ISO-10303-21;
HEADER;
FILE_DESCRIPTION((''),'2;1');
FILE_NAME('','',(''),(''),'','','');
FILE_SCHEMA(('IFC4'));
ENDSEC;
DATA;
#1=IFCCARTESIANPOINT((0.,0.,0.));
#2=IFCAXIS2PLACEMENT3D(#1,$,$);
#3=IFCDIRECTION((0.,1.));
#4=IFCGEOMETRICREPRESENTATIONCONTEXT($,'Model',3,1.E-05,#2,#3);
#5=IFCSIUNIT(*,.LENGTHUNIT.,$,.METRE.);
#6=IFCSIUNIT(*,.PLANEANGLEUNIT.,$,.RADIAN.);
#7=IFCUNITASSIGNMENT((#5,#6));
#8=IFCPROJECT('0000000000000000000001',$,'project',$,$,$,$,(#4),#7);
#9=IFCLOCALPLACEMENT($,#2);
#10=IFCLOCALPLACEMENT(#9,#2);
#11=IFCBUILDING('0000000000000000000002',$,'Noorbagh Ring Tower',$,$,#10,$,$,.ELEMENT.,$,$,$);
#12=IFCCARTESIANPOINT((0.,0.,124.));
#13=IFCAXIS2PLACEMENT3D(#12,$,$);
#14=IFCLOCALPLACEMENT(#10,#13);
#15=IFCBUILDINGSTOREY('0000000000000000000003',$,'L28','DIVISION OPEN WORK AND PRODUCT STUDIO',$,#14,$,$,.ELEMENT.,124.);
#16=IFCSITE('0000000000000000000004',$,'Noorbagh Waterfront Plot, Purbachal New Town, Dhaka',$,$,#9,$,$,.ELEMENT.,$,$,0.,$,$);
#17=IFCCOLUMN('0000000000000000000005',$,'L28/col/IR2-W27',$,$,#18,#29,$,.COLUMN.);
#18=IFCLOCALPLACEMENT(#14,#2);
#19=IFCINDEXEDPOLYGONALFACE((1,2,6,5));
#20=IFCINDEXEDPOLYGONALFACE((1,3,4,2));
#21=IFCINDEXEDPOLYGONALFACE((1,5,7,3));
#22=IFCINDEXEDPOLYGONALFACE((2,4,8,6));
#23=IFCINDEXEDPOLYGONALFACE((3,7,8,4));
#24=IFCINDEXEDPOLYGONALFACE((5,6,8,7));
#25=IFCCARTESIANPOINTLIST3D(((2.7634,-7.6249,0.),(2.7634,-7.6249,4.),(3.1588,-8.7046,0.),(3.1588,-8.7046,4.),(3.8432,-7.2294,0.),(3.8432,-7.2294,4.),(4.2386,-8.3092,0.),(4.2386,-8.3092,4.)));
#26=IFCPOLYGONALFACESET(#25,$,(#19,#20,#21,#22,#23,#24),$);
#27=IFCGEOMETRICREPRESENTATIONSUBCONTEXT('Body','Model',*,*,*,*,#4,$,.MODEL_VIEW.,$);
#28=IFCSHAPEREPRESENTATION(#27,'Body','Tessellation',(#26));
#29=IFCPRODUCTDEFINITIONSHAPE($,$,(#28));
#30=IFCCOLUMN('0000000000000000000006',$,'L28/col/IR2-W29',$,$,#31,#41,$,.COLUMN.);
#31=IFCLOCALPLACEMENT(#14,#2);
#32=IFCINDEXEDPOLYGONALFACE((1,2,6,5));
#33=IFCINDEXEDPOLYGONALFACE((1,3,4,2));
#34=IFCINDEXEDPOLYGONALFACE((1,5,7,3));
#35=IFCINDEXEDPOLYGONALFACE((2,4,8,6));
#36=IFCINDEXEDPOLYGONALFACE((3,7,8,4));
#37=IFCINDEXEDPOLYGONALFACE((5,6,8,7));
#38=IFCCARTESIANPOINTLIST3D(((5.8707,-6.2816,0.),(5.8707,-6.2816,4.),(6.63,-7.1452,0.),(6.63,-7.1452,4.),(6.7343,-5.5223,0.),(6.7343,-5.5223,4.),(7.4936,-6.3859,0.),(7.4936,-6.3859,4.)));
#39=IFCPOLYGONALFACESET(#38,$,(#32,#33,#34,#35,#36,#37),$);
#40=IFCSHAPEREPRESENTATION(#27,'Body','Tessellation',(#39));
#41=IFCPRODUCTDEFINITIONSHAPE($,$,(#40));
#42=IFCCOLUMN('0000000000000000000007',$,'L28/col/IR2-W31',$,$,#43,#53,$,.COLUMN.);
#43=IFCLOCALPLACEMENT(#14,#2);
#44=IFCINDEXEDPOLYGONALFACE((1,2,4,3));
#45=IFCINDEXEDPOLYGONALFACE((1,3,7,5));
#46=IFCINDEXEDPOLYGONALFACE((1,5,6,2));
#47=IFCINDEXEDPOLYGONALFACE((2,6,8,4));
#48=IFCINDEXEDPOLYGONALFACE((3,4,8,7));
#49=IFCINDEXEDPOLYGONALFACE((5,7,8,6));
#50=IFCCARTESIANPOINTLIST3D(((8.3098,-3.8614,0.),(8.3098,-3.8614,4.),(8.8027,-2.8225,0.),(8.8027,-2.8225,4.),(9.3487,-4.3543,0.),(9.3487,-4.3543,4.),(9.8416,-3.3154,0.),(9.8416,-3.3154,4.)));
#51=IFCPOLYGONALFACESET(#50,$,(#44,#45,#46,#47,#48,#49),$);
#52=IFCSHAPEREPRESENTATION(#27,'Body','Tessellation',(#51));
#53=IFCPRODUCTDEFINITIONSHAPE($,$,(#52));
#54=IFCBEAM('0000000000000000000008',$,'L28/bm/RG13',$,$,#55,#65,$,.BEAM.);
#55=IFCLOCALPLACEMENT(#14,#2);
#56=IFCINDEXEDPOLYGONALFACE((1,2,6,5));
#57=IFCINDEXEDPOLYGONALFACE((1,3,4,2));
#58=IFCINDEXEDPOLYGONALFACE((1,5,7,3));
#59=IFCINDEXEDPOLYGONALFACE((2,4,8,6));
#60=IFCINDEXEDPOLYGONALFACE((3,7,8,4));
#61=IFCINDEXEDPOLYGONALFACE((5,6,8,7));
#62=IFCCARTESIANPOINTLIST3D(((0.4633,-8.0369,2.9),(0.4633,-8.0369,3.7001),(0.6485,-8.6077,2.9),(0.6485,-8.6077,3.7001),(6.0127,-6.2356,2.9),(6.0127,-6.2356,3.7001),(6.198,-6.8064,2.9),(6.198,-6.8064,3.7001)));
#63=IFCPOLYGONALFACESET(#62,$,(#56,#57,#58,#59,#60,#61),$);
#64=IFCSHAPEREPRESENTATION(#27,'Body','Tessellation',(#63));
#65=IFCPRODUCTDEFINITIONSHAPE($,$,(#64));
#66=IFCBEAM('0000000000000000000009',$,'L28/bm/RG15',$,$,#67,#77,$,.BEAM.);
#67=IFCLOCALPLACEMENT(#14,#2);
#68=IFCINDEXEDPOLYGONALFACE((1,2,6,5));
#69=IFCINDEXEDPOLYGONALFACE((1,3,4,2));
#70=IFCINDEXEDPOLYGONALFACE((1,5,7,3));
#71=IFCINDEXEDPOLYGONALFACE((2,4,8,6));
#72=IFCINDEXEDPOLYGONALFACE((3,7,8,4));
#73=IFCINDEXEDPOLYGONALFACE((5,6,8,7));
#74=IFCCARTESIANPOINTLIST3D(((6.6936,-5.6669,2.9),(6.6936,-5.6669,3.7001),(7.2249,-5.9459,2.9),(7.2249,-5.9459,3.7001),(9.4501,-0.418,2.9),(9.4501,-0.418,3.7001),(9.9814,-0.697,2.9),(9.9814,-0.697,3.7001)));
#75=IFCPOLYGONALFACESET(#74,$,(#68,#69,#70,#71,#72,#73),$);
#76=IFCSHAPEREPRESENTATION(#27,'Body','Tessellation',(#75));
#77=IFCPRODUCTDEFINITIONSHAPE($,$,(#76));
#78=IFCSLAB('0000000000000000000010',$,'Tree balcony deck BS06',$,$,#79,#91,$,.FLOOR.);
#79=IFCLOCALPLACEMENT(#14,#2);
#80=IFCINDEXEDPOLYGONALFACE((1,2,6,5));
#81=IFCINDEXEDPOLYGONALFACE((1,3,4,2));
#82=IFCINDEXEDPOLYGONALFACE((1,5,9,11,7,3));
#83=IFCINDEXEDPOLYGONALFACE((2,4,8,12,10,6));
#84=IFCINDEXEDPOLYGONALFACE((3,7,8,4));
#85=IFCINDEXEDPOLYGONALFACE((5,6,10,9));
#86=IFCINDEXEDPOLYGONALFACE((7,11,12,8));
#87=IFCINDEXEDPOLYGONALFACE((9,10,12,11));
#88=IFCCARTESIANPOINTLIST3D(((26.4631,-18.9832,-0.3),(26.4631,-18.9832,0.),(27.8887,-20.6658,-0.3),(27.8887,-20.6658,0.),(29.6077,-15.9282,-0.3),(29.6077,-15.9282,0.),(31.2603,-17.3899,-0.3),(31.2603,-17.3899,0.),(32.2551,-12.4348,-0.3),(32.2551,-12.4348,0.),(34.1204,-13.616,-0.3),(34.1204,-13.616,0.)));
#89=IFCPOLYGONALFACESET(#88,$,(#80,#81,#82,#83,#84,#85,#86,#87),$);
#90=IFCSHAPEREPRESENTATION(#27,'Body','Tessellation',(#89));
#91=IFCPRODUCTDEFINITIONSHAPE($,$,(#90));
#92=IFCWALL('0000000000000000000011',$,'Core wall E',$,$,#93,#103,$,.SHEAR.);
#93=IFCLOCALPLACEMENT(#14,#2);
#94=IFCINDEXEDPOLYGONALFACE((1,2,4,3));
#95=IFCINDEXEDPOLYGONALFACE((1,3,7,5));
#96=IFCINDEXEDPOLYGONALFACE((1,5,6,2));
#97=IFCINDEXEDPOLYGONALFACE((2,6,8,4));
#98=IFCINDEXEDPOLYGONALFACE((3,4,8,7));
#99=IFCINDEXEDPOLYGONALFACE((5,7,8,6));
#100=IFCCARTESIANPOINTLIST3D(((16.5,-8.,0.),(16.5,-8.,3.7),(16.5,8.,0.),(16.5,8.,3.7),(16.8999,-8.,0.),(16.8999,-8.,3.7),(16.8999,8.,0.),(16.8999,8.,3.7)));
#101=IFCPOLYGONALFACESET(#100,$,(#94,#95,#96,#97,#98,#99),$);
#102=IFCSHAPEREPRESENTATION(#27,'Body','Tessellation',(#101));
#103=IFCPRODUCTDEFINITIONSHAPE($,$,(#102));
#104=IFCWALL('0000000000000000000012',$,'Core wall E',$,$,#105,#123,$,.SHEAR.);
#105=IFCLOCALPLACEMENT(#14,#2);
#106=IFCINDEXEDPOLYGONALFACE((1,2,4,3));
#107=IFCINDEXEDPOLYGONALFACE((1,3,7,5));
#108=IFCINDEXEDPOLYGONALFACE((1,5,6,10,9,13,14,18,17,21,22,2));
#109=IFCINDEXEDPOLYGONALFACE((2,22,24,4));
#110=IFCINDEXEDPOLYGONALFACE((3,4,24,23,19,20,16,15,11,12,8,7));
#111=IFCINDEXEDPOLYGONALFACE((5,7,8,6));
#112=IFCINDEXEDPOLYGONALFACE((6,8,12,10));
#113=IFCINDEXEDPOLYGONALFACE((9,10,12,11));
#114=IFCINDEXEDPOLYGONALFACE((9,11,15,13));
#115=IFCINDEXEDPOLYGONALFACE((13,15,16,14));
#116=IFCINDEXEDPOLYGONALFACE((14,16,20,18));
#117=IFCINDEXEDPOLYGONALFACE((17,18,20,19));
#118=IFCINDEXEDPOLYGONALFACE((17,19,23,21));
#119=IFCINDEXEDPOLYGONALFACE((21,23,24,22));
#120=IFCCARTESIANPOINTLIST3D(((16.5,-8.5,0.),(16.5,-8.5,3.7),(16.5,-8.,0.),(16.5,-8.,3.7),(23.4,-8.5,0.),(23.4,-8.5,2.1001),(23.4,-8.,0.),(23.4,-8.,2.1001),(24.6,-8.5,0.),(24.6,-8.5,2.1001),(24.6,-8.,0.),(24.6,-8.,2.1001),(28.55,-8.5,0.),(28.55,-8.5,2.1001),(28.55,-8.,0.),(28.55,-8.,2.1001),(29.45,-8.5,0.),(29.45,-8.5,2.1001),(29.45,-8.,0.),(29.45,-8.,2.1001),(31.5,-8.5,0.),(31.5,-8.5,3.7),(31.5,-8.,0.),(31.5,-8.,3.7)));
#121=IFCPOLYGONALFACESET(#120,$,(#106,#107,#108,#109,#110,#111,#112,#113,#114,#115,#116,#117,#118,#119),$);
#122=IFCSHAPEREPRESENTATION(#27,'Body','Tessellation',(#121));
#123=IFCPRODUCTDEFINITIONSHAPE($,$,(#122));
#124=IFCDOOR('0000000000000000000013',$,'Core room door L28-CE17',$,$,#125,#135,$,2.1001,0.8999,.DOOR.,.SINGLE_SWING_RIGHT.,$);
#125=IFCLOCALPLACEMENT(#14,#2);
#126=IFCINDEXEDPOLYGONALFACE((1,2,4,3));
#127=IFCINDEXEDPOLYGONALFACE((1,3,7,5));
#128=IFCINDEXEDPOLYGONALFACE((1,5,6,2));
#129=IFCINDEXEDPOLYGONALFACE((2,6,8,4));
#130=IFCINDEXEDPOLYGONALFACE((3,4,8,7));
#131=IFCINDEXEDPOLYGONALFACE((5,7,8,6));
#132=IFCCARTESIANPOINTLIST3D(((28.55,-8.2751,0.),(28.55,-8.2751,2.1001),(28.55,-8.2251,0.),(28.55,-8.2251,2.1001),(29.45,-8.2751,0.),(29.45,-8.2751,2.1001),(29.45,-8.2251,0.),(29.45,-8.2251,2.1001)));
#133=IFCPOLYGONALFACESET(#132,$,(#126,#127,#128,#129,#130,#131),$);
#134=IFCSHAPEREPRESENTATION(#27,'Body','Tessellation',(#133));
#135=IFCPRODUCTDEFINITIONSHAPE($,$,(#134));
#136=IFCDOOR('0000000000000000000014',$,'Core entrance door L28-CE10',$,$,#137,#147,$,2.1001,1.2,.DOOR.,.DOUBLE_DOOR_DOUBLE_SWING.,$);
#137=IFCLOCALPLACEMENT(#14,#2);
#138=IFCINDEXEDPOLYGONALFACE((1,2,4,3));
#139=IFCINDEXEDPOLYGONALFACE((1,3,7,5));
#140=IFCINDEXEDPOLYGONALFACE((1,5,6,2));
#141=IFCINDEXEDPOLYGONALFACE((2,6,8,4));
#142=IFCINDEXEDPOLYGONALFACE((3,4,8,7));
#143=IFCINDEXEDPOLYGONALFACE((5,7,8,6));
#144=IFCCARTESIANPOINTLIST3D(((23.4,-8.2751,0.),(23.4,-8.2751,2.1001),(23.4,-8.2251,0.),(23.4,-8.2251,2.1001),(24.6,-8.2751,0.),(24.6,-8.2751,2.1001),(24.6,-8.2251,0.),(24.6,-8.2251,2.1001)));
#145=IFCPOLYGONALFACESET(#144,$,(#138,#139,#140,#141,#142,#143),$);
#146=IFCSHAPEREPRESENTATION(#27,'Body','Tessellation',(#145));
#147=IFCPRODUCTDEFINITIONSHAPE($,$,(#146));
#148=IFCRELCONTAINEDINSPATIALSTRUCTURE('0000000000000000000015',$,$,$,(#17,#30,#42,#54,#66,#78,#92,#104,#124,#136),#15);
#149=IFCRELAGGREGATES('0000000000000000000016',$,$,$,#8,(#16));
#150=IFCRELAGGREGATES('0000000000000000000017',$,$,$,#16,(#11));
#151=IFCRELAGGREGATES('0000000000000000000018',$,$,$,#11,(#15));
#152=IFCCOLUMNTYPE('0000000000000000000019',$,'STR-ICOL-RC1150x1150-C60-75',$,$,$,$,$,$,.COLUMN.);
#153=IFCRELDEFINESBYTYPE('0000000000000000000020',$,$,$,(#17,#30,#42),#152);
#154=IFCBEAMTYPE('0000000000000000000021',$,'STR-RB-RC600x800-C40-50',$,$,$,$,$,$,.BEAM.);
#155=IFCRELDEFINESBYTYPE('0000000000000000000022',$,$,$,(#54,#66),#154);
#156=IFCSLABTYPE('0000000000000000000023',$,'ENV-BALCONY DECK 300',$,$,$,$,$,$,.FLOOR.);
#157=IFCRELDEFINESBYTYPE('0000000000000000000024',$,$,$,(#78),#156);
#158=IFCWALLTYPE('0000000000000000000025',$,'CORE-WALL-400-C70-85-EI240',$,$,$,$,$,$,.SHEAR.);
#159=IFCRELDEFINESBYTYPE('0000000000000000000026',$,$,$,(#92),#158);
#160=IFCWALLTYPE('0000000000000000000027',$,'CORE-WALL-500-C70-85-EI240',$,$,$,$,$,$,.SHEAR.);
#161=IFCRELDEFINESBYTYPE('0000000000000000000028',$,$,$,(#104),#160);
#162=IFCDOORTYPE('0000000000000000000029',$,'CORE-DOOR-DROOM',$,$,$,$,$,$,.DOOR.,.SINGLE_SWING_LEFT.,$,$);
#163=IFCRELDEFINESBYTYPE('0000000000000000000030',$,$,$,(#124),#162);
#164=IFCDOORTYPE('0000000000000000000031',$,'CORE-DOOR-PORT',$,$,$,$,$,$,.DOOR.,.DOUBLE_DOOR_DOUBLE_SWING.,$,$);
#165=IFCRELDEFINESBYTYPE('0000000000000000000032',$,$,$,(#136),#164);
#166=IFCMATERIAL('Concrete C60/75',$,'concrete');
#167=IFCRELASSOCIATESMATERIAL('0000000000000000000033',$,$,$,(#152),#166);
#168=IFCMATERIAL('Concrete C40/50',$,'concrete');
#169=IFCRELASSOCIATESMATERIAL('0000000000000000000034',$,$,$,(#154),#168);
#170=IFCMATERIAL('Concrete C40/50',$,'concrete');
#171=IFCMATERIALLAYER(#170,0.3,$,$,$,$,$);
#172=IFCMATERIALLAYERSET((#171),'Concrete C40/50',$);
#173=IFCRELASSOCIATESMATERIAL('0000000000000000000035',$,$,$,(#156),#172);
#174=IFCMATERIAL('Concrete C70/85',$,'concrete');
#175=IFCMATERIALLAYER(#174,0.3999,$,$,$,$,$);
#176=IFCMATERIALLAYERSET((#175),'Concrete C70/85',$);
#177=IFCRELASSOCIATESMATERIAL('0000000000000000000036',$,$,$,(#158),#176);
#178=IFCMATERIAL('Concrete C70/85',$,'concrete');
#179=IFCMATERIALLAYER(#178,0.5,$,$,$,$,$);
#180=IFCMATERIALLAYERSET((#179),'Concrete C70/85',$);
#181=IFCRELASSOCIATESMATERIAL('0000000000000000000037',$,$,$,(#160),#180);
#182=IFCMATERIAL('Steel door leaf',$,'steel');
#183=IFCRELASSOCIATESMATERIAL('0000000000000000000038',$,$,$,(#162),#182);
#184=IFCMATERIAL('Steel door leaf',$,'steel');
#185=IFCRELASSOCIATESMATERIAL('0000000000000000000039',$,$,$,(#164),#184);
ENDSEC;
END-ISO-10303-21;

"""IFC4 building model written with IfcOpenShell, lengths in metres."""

from ifc_helpers import new_model, si_unit, direction, frame, frame_2d, origin, origin_2d, place, context, subcontext, project, spatial, polyline, rectangle, outline, extrude, material, layer, layer_set, material_profile, profile_set, type_object, element, fill, save


model = new_model("IFC4")

# Units and contexts
model_context = context("Model", 3, precision=1e-05, world=origin(), true_north=direction((0.0, 1.0)))
body_context = subcontext(model_context, "Body", "Model", "MODEL_VIEW")
ifc_project = project(units=[si_unit("LENGTHUNIT", "METRE"), si_unit("PLANEANGLEUNIT", "RADIAN")], contexts=[model_context])

# Site, building, storey
site_placement = place(None, origin())
site = spatial("IfcSite", under=ifc_project, at=site_placement, Name="Noorbagh Waterfront Plot, Purbachal New Town, Dhaka", CompositionType="ELEMENT", RefElevation=0.0)
building_placement = place(site_placement, origin())
building = spatial("IfcBuilding", under=site, at=building_placement, Name="Noorbagh Ring Tower", CompositionType="ELEMENT")
storey_placement = place(building_placement, frame((0.0, 0.0, 124.0)))
storey = spatial("IfcBuildingStorey", under=building, at=storey_placement, Name="L28", Description="DIVISION OPEN WORK AND PRODUCT STUDIO", CompositionType="ELEMENT", Elevation=124.0)

# Columns
ifc_material_1 = material(Name="Concrete C60/75", Category="concrete")
ifc_material_profile_1 = material_profile(ifc_material_1, rectangle(XDim=1.1499, YDim=1.1499, at=origin_2d()), Name="RC1150x1150")
ifc_profile_set_1 = profile_set([ifc_material_profile_1], Name="Concrete C60/75")
column_type = type_object("IfcColumnType", Name="STR-ICOL-RC1150x1150-C60-75", PredefinedType="COLUMN", material=ifc_profile_set_1)
for number, where, z_axis, x_axis, name in (
    (1, (3.501, -7.967, 0.0), (0.0, 0.0, 1.0), (0.93902, 0.343864, 0.0), "L28/col/IR2-W27"),
    (2, (6.6821, -6.3337, 0.0), (0.0, 0.0, 1.0), (0.751022, 0.660277, 0.0), "L28/col/IR2-W29"),
    (3, (9.0757, -3.5884, 0.0), (0.0, 0.0, 1.0), (0.428667, 0.903463, 0.0), "L28/col/IR2-W31"),
):
    element("IfcColumn", number, at=place(storey_placement, frame(where, z_axis=z_axis, x_axis=x_axis)), inside=storey, type_object=column_type, Name=name, PredefinedType="COLUMN", context=body_context, shape_type="SweptSolid", body=[
        extrude(rectangle(XDim=1.1499, YDim=1.1499, at=origin_2d()), origin(), (0.0, 0.0, 1.0), 4.0),
    ])

# Beams
ifc_material_2 = material(Name="Concrete C40/50", Category="concrete")
ifc_material_profile_2 = material_profile(ifc_material_2, rectangle(XDim=0.6001, YDim=0.8, at=origin_2d()), Name="RC600x800")
ifc_profile_set_2 = profile_set([ifc_material_profile_2], Name="Concrete C40/50")
beam_type = type_object("IfcBeamType", Name="STR-RB-RC600x800-C40-50", PredefinedType="BEAM", material=ifc_profile_set_2)
beam_1_placement = place(storey_placement, frame((0.5559, -8.3223, 3.3), z_axis=(0.951152, 0.308724, 0.0), x_axis=(-0.308724, 0.951152, 0.0)))
element("IfcBeam", 4, at=beam_1_placement, inside=storey, type_object=beam_type, Name="L28/bm/RG13", PredefinedType="BEAM", context=body_context, shape_type="SweptSolid", body=[
    extrude(rectangle(XDim=0.6001, YDim=0.8, at=origin_2d()), origin(), (0.0, 0.0, 1.0), 5.8345),
])
beam_2_placement = place(storey_placement, frame((6.9592, -5.8064, 3.3), z_axis=(0.464947, 0.885339, 0.0), x_axis=(-0.885339, 0.464947, 0.0)))
element("IfcBeam", 5, at=beam_2_placement, inside=storey, type_object=beam_type, Name="L28/bm/RG15", PredefinedType="BEAM", context=body_context, shape_type="SweptSolid", body=[
    extrude(rectangle(XDim=0.6001, YDim=0.8, at=origin_2d()), origin(), (0.0, 0.0, 1.0), 5.9287),
])

# Slab
ifc_material_3 = material(Name="Concrete C40/50", Category="concrete")
ifc_layer_1 = layer(ifc_material_3, 0.3)
ifc_layer_set_1 = layer_set([ifc_layer_1], Name="Concrete C40/50")
slab_type = type_object("IfcSlabType", Name="ENV-BALCONY DECK 300", PredefinedType="FLOOR", material=ifc_layer_set_1)
slab_placement = place(storey_placement, frame((0.0, 0.0, -0.3)))
element("IfcSlab", 6, at=slab_placement, inside=storey, type_object=slab_type, Name="Tree balcony deck BS06", PredefinedType="FLOOR", context=body_context, shape_type="SweptSolid", body=[
    extrude(outline(polyline([(27.8887, -20.6658), (31.2603, -17.3899), (34.1204, -13.616), (32.2551, -12.4348), (29.6077, -15.9282), (26.4631, -18.9832), (27.8887, -20.6658)])), origin(), (0.0, 0.0, 1.0), 0.3),
])

# Wall
ifc_material_4 = material(Name="Concrete C70/85", Category="concrete")
ifc_layer_2 = layer(ifc_material_4, 0.3999)
ifc_layer_set_2 = layer_set([ifc_layer_2], Name="Concrete C70/85")
wall_type_1 = type_object("IfcWallType", Name="CORE-WALL-400-C70-85-EI240", PredefinedType="SHEAR", material=ifc_layer_set_2)
wall_1_placement = place(storey_placement, frame((16.7, -8.0, 0.0), z_axis=(0.0, 0.0, 1.0), x_axis=(0.0, 1.0, 0.0)))
element("IfcWall", 7, at=wall_1_placement, inside=storey, type_object=wall_type_1, Name="Core wall E", PredefinedType="SHEAR", context=body_context, shape_type="SweptSolid", body=[
    extrude(rectangle(XDim=16.0, YDim=0.3999, at=frame_2d((8.0, 0.0))), origin(), (0.0, 0.0, 1.0), 3.7),
])

# Wall, openings, doors
ifc_material_5 = material(Name="Concrete C70/85", Category="concrete")
ifc_layer_3 = layer(ifc_material_5, 0.5)
ifc_layer_set_3 = layer_set([ifc_layer_3], Name="Concrete C70/85")
wall_type_2 = type_object("IfcWallType", Name="CORE-WALL-500-C70-85-EI240", PredefinedType="SHEAR", material=ifc_layer_set_3)
wall_2_placement = place(storey_placement, frame((16.5, -8.25, 0.0), z_axis=(0.0, 0.0, 1.0), x_axis=(1.0, 0.0, 0.0)))
wall_2 = element("IfcWall", 8, at=wall_2_placement, inside=storey, type_object=wall_type_2, Name="Core wall E", PredefinedType="SHEAR", context=body_context, shape_type="SweptSolid", body=[
    extrude(rectangle(XDim=15.0, YDim=0.5, at=frame_2d((7.5, 0.0))), origin(), (0.0, 0.0, 1.0), 3.7),
])
opening_1_placement = place(wall_2_placement, frame((6.8999, 0.0, 0.0)))
opening_1 = element("IfcOpeningElement", 9, at=opening_1_placement, cuts=wall_2, PredefinedType="OPENING", context=body_context, shape_type="SweptSolid", body=[
    extrude(rectangle(XDim=1.2, YDim=2.1001, at=frame_2d((0.6001, 1.05))), frame((0.0, 0.26, 0.0), z_axis=(0.0, -1.0, 0.0), x_axis=(1.0, 0.0, 0.0)), (0.0, 0.0, 1.0), 0.52),
])
opening_2_placement = place(wall_2_placement, frame((12.05, 0.0, 0.0)))
opening_2 = element("IfcOpeningElement", 10, at=opening_2_placement, cuts=wall_2, PredefinedType="OPENING", context=body_context, shape_type="SweptSolid", body=[
    extrude(rectangle(XDim=0.8999, YDim=2.1001, at=frame_2d((0.45, 1.05))), frame((0.0, 0.26, 0.0), z_axis=(0.0, -1.0, 0.0), x_axis=(1.0, 0.0, 0.0)), (0.0, 0.0, 1.0), 0.52),
])
ifc_material_6 = material(Name="Steel door leaf", Category="steel")
door_type_1 = type_object("IfcDoorType", Name="CORE-DOOR-DROOM", OperationType="SINGLE_SWING_LEFT", PredefinedType="DOOR", material=ifc_material_6)
door_1_placement = place(opening_2_placement, origin())
door_1 = element("IfcDoor", 11, at=door_1_placement, inside=storey, type_object=door_type_1, Name="Core room door L28-CE17", OperationType="SINGLE_SWING_RIGHT", OverallHeight=2.1001, OverallWidth=0.8999, PredefinedType="DOOR", context=body_context, shape_type="SweptSolid", body=[
    extrude(rectangle(XDim=0.8999, YDim=2.1001, at=frame_2d((0.45, 1.05))), frame((0.0, 0.0249, 0.0), z_axis=(0.0, -1.0, 0.0), x_axis=(1.0, 0.0, 0.0)), (0.0, 0.0, 1.0), 0.05),
])
fill(opening_2, door_1)
ifc_material_7 = material(Name="Steel door leaf", Category="steel")
door_type_2 = type_object("IfcDoorType", Name="CORE-DOOR-PORT", OperationType="DOUBLE_DOOR_DOUBLE_SWING", PredefinedType="DOOR", material=ifc_material_7)
door_2_placement = place(opening_1_placement, origin())
door_2 = element("IfcDoor", 12, at=door_2_placement, inside=storey, type_object=door_type_2, Name="Core entrance door L28-CE10", OperationType="DOUBLE_DOOR_DOUBLE_SWING", OverallHeight=2.1001, OverallWidth=1.2, PredefinedType="DOOR", context=body_context, shape_type="SweptSolid", body=[
    extrude(rectangle(XDim=1.2, YDim=2.1001, at=frame_2d((0.6001, 1.05))), frame((0.0, 0.0249, 0.0), z_axis=(0.0, -1.0, 0.0), x_axis=(1.0, 0.0, 0.0)), (0.0, 0.0, 1.0), 0.05),
])
fill(opening_1, door_2)

save(model, "model.ifc")
